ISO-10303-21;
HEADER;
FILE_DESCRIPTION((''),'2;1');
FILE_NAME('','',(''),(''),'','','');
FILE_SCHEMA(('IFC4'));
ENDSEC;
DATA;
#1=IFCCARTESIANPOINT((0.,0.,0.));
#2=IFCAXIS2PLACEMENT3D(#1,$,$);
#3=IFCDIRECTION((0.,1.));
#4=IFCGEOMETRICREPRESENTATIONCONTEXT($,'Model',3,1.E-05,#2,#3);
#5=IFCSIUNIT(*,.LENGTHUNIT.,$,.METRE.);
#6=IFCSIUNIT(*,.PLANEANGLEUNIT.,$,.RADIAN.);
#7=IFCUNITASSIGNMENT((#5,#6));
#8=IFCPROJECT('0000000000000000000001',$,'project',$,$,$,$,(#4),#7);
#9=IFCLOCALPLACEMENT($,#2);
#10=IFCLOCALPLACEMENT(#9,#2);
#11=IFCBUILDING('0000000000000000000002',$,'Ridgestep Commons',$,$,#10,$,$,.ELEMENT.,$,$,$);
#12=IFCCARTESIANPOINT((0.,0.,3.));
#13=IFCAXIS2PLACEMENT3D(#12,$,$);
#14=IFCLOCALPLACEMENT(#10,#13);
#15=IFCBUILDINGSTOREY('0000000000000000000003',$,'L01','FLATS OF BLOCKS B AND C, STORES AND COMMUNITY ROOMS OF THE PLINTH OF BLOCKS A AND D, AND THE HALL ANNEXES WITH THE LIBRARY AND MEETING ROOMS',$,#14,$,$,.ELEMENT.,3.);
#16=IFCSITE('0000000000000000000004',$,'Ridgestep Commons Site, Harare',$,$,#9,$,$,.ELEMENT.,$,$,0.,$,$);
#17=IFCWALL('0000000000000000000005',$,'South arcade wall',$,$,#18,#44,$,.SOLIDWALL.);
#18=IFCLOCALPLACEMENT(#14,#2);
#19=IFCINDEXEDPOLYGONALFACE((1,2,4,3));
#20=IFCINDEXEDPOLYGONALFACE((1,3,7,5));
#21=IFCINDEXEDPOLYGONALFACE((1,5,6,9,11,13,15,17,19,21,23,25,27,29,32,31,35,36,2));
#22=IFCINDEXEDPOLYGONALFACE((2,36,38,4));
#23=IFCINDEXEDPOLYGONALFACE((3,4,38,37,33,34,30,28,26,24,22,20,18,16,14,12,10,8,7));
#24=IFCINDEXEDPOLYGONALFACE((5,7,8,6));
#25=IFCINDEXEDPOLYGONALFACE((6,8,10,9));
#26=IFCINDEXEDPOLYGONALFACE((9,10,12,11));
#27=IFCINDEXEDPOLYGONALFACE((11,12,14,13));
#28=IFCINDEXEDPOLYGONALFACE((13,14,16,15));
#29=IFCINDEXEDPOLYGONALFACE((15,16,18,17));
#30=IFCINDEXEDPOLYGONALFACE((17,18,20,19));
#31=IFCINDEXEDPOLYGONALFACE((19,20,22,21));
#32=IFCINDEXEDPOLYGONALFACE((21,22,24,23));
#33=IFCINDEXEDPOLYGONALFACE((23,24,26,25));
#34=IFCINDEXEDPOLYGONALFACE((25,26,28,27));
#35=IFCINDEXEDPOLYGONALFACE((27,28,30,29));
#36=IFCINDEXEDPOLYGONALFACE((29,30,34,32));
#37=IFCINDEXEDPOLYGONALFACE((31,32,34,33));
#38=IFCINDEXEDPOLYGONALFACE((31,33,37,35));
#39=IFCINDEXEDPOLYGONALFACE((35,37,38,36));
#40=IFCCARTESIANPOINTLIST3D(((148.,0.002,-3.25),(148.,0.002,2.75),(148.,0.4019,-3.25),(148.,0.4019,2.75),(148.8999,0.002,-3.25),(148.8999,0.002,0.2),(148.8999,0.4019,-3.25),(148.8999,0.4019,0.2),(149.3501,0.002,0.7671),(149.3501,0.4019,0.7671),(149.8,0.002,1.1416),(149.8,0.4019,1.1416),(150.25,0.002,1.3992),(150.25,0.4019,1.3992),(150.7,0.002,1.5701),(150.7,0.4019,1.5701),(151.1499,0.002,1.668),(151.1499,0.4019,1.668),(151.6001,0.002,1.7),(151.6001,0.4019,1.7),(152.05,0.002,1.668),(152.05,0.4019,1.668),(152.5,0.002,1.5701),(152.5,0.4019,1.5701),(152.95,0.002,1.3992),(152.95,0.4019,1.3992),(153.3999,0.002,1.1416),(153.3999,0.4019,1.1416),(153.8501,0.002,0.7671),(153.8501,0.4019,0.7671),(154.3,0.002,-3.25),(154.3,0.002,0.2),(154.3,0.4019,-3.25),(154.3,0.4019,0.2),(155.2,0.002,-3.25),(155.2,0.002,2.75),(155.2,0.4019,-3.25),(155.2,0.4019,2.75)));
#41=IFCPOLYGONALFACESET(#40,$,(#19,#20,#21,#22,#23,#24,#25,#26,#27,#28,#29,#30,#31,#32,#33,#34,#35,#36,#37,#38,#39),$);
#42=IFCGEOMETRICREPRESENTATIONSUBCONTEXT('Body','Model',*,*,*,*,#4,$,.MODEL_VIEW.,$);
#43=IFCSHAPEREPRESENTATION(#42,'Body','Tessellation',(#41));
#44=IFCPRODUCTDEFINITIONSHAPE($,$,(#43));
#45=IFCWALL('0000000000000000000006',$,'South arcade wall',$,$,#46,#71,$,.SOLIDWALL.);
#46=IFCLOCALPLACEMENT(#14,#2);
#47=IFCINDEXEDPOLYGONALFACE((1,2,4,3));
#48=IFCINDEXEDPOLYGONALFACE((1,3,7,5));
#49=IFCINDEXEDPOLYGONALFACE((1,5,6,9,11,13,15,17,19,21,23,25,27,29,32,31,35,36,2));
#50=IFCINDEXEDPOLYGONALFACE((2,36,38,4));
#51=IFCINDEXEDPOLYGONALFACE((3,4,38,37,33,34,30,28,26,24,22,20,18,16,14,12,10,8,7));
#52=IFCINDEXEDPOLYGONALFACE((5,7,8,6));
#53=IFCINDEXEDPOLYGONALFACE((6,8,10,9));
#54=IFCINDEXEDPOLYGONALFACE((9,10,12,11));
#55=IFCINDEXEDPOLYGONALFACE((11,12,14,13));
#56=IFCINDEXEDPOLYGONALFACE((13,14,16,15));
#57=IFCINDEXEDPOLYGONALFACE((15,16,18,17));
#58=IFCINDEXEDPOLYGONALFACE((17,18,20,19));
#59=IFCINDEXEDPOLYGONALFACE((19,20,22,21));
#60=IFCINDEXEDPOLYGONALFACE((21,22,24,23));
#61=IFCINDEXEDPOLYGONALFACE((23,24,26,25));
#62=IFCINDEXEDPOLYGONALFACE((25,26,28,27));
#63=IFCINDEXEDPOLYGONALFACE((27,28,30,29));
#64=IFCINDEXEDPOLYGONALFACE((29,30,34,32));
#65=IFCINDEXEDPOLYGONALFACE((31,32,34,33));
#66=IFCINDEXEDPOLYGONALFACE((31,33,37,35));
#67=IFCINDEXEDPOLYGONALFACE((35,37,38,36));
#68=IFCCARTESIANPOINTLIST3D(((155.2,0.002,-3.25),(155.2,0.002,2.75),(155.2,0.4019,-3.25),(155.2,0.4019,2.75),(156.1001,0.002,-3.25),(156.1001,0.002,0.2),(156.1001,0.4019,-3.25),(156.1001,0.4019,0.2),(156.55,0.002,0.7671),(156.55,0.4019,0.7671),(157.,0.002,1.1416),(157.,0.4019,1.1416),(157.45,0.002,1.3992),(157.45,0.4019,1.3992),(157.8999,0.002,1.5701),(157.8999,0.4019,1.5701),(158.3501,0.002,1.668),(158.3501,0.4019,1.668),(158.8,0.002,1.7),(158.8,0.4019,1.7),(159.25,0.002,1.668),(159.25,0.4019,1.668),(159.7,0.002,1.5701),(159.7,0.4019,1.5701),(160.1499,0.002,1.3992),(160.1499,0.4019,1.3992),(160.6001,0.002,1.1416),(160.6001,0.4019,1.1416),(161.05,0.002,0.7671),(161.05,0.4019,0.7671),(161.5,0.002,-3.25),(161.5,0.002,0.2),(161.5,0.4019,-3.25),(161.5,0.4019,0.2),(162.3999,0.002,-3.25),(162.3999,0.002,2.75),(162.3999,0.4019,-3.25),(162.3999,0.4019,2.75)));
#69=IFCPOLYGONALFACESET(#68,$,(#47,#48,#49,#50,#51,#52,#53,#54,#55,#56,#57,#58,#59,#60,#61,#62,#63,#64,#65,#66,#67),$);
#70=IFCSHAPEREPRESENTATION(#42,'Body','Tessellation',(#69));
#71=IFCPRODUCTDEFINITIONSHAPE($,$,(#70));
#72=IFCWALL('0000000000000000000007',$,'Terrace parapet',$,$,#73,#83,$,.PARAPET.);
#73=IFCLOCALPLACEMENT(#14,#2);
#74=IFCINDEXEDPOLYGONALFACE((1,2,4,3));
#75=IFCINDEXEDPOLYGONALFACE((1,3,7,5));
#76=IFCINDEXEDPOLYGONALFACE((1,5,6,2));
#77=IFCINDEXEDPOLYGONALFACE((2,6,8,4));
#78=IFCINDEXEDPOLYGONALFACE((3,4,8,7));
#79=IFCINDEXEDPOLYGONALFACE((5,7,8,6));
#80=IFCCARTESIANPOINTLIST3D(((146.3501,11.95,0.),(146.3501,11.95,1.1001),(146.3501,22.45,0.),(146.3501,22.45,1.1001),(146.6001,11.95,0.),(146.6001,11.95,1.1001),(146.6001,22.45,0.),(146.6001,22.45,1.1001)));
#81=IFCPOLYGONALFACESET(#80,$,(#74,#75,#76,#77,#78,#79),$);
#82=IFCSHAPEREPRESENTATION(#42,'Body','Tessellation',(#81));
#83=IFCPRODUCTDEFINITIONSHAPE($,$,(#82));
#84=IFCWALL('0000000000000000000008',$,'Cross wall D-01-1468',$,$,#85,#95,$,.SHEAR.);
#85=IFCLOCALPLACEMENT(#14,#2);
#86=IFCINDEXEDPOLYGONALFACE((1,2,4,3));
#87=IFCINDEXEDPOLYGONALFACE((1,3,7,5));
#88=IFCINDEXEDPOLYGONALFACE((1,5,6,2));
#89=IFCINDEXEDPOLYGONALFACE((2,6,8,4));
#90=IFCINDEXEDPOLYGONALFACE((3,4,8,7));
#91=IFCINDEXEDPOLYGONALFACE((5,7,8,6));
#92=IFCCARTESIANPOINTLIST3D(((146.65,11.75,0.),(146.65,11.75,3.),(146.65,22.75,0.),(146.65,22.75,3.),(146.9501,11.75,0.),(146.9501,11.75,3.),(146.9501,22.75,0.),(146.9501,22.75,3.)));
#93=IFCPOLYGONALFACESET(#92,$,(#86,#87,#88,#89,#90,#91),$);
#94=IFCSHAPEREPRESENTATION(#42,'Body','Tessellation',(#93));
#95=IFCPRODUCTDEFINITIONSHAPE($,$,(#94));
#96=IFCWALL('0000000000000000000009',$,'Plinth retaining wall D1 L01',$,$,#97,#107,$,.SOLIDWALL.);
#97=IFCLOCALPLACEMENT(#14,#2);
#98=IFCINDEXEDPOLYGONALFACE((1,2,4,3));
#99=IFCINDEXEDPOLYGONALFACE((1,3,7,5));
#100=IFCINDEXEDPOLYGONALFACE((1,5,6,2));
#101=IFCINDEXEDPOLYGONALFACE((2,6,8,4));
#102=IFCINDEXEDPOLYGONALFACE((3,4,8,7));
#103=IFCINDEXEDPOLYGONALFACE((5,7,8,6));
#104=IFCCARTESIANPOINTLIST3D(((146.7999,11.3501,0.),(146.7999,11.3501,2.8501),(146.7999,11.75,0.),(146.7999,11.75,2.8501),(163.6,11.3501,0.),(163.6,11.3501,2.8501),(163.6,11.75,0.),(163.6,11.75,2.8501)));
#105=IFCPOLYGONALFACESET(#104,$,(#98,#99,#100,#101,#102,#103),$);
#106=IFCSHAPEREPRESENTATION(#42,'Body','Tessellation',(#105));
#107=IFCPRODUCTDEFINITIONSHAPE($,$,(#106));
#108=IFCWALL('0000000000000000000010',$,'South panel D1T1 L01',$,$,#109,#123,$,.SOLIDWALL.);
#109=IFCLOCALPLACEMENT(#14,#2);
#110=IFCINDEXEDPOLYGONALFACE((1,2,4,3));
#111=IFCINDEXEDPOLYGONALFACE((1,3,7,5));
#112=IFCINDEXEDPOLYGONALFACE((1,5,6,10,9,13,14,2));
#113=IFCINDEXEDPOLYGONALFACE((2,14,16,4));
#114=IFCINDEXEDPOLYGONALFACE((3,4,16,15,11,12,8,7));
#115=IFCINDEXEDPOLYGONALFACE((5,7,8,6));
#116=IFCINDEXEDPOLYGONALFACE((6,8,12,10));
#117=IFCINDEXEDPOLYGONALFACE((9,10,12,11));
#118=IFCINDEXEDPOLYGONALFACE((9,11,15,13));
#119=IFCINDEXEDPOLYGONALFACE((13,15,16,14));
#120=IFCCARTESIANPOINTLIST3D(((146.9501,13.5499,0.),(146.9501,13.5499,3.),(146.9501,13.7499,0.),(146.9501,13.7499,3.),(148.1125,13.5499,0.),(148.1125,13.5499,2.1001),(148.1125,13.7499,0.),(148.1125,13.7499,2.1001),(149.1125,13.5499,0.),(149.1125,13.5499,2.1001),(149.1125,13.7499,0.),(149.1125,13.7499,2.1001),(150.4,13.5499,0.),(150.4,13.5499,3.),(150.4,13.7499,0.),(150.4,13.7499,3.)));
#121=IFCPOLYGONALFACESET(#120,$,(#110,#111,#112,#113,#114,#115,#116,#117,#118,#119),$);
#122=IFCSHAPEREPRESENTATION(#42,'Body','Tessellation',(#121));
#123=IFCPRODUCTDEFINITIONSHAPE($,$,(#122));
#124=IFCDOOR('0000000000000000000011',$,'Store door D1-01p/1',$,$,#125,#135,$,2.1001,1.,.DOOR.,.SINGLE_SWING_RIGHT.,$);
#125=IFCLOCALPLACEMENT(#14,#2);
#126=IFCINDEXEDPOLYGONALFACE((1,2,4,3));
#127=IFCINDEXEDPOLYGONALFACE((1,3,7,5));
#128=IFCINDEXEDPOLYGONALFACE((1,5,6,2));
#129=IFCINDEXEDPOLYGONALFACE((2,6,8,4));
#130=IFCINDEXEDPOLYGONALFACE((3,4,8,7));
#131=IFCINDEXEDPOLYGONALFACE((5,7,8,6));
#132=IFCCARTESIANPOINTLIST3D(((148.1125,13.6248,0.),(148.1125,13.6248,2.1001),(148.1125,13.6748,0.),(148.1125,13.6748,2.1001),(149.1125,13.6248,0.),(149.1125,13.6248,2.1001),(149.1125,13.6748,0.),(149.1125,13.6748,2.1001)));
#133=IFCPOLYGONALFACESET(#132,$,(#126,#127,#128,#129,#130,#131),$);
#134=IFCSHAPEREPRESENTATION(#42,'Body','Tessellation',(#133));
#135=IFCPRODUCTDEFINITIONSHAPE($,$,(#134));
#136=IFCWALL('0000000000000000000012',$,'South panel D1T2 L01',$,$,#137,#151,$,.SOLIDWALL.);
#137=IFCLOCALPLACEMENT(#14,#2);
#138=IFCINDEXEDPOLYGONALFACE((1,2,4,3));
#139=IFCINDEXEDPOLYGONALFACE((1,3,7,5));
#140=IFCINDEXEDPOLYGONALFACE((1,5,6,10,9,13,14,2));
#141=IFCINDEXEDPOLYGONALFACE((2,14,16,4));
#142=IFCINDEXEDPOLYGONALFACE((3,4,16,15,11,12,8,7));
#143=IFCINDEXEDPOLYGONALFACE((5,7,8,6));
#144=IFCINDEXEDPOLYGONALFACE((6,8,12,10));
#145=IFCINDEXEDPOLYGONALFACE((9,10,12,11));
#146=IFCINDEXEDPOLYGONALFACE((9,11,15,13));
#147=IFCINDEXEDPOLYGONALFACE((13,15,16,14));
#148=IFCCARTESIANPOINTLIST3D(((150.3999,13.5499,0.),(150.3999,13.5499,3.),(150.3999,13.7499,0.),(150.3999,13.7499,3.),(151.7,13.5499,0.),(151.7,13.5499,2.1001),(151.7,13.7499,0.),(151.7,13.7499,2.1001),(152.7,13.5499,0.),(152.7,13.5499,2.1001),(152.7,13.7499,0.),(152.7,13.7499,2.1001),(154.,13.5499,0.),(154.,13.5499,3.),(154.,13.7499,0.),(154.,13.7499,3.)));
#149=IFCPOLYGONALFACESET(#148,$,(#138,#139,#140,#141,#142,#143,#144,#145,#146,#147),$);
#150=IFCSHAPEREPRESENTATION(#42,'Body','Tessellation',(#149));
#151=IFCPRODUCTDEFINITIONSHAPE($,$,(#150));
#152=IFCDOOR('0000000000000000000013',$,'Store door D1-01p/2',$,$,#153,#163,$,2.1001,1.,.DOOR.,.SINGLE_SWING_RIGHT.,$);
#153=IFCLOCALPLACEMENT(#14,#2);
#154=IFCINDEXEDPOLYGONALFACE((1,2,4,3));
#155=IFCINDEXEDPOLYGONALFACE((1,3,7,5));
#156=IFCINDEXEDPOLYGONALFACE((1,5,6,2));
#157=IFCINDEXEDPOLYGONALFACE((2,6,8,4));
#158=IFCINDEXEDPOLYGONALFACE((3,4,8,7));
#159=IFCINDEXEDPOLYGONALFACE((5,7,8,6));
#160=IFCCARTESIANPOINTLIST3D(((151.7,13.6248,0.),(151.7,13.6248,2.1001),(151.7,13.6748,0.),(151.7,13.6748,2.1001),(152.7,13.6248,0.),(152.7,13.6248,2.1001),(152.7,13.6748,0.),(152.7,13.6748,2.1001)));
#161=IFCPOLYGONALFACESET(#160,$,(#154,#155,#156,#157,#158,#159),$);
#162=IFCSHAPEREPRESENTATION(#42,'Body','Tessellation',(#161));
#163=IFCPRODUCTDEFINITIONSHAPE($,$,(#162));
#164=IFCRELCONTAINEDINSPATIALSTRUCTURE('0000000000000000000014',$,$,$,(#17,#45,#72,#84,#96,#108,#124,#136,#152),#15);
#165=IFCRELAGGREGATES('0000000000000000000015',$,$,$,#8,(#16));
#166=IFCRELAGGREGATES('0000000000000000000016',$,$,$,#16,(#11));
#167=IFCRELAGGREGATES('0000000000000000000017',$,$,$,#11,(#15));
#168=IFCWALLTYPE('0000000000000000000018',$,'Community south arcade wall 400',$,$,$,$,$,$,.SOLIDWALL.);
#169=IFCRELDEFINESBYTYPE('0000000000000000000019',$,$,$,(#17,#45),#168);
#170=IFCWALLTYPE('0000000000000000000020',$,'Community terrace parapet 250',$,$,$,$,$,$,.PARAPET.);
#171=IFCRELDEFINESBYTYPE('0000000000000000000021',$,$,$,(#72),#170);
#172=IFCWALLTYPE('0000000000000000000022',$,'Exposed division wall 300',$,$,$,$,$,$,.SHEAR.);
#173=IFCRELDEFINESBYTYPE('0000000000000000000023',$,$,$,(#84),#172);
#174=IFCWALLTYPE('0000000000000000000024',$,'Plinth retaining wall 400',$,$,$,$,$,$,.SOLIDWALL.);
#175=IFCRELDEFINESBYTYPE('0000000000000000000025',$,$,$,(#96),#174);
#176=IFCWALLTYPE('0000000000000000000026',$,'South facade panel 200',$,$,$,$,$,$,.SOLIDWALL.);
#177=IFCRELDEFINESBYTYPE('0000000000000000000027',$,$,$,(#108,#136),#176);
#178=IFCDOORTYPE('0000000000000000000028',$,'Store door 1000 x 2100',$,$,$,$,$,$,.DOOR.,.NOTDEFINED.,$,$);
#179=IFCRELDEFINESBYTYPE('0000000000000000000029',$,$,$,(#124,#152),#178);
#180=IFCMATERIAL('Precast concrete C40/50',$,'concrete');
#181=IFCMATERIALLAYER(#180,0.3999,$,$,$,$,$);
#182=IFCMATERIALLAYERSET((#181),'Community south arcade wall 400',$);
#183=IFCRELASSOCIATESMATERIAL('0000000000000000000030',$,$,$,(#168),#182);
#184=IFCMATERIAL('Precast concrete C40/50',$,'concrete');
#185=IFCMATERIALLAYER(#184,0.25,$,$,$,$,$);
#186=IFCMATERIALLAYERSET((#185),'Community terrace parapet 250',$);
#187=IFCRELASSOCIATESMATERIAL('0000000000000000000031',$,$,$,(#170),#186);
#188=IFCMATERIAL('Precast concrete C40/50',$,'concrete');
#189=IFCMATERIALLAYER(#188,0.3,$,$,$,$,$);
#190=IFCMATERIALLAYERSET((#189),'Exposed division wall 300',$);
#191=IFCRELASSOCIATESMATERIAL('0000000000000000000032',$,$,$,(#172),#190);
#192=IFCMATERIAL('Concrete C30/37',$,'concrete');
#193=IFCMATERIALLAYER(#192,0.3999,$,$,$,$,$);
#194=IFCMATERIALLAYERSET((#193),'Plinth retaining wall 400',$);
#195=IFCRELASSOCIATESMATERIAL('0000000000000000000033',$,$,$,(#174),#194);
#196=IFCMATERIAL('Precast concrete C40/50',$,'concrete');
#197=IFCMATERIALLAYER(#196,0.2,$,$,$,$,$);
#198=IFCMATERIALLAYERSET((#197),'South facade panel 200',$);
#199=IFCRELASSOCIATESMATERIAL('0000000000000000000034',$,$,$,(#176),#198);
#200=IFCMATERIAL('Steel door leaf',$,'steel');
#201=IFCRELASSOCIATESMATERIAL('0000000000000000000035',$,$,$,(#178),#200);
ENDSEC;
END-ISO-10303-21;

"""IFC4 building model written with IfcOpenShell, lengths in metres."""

from ifc_helpers import new_model, si_unit, direction, frame, frame_2d, origin, place, context, subcontext, project, spatial, polyline, rectangle, outline, extrude, material, layer, layer_set, type_object, element, fill, save


model = new_model("IFC4")

# Units and contexts
model_context = context("Model", 3, precision=1e-05, world=origin(), true_north=direction((0.0, 1.0)))
body_context = subcontext(model_context, "Body", "Model", "MODEL_VIEW")
ifc_project = project(units=[si_unit("LENGTHUNIT", "METRE"), si_unit("PLANEANGLEUNIT", "RADIAN")], contexts=[model_context])

# Site, building, storey
site_placement = place(None, origin())
site = spatial("IfcSite", under=ifc_project, at=site_placement, Name="Ridgestep Commons Site, Harare", CompositionType="ELEMENT", RefElevation=0.0)
building_placement = place(site_placement, origin())
building = spatial("IfcBuilding", under=site, at=building_placement, Name="Ridgestep Commons", CompositionType="ELEMENT")
storey_placement = place(building_placement, frame((0.0, 0.0, 3.0)))
storey = spatial("IfcBuildingStorey", under=building, at=storey_placement, Name="L01", Description="FLATS OF BLOCKS B AND C, STORES AND COMMUNITY ROOMS OF THE PLINTH OF BLOCKS A AND D, AND THE HALL ANNEXES WITH THE LIBRARY AND MEETING ROOMS", CompositionType="ELEMENT", Elevation=3.0)

# Walls
ifc_material_1 = material(Name="Precast concrete C40/50", Category="concrete")
ifc_layer_1 = layer(ifc_material_1, 0.3999)
ifc_layer_set_1 = layer_set([ifc_layer_1], Name="Community south arcade wall 400")
wall_type_1 = type_object("IfcWallType", Name="Community south arcade wall 400", PredefinedType="SOLIDWALL", material=ifc_layer_set_1)
wall_1_placement = place(storey_placement, frame((148.0, 0.002, -3.25), z_axis=(0.0, -1.0, 0.0), x_axis=(1.0, 0.0, 0.0)))
element("IfcWall", 1, at=wall_1_placement, inside=storey, type_object=wall_type_1, Name="South arcade wall", PredefinedType="SOLIDWALL", context=body_context, shape_type="SweptSolid", body=[
    extrude(outline(polyline([(0.0, 0.0), (0.8999, 0.0), (0.8999, 3.45), (1.3501, 4.0171), (1.8, 4.3916), (2.25, 4.6492), (2.7, 4.8201), (3.1499, 4.918), (3.6001, 4.95), (4.05, 4.918), (4.5, 4.8201), (4.95, 4.6492), (5.3999, 4.3916), (5.8501, 4.0171), (6.3, 3.45), (6.3, 0.0), (7.2, 0.0), (7.2, 6.0), (0.0, 6.0), (0.0, 0.0)])), origin(), (0.0, 0.0, -1.0), 0.3999),
])
wall_2_placement = place(storey_placement, frame((155.2, 0.002, -3.25), z_axis=(0.0, -1.0, 0.0), x_axis=(1.0, 0.0, 0.0)))
element("IfcWall", 2, at=wall_2_placement, inside=storey, type_object=wall_type_1, Name="South arcade wall", PredefinedType="SOLIDWALL", context=body_context, shape_type="SweptSolid", body=[
    extrude(outline(polyline([(0.0, 0.0), (0.9001, 0.0), (0.9001, 3.45), (1.3501, 4.0171), (1.8, 4.3916), (2.25, 4.6492), (2.7, 4.8201), (3.1501, 4.918), (3.6001, 4.95), (4.05, 4.918), (4.5, 4.8201), (4.95, 4.6492), (5.4001, 4.3916), (5.8501, 4.0171), (6.3, 3.45), (6.3, 0.0), (7.2, 0.0), (7.2, 6.0), (0.0, 6.0), (0.0, 0.0)])), origin(), (0.0, 0.0, -1.0), 0.3999),
])
ifc_material_2 = material(Name="Precast concrete C40/50", Category="concrete")
ifc_layer_2 = layer(ifc_material_2, 0.25)
ifc_layer_set_2 = layer_set([ifc_layer_2], Name="Community terrace parapet 250")
wall_type_2 = type_object("IfcWallType", Name="Community terrace parapet 250", PredefinedType="PARAPET", material=ifc_layer_set_2)
wall_3_placement = place(storey_placement, frame((146.4751, 11.95, 0.0), z_axis=(0.0, 0.0, 1.0), x_axis=(0.0, 1.0, 0.0)))
element("IfcWall", 3, at=wall_3_placement, inside=storey, type_object=wall_type_2, Name="Terrace parapet", PredefinedType="PARAPET", context=body_context, shape_type="SweptSolid", body=[
    extrude(rectangle(XDim=10.5, YDim=0.25, at=frame_2d((5.25, 0.0))), origin(), (0.0, 0.0, 1.0), 1.1001),
])
ifc_material_3 = material(Name="Precast concrete C40/50", Category="concrete")
ifc_layer_3 = layer(ifc_material_3, 0.3)
ifc_layer_set_3 = layer_set([ifc_layer_3], Name="Exposed division wall 300")
wall_type_3 = type_object("IfcWallType", Name="Exposed division wall 300", PredefinedType="SHEAR", material=ifc_layer_set_3)
wall_4_placement = place(storey_placement, frame((146.8, 11.75, 0.0), z_axis=(0.0, 0.0, 1.0), x_axis=(0.0, 1.0, 0.0)))
element("IfcWall", 4, at=wall_4_placement, inside=storey, type_object=wall_type_3, Name="Cross wall D-01-1468", PredefinedType="SHEAR", context=body_context, shape_type="SweptSolid", body=[
    extrude(rectangle(XDim=11.0, YDim=0.3, at=frame_2d((5.5, 0.0))), origin(), (0.0, 0.0, 1.0), 3.0),
])
ifc_material_4 = material(Name="Concrete C30/37", Category="concrete")
ifc_layer_4 = layer(ifc_material_4, 0.3999)
ifc_layer_set_4 = layer_set([ifc_layer_4], Name="Plinth retaining wall 400")
wall_type_4 = type_object("IfcWallType", Name="Plinth retaining wall 400", PredefinedType="SOLIDWALL", material=ifc_layer_set_4)
wall_5_placement = place(storey_placement, frame((146.8, 11.55, 0.0), z_axis=(0.0, 0.0, 1.0), x_axis=(1.0, 0.0, 0.0)))
element("IfcWall", 5, at=wall_5_placement, inside=storey, type_object=wall_type_4, Name="Plinth retaining wall D1 L01", PredefinedType="SOLIDWALL", context=body_context, shape_type="SweptSolid", body=[
    extrude(rectangle(XDim=16.8, YDim=0.3999, at=frame_2d((8.3999, 0.0))), origin(), (0.0, 0.0, 1.0), 2.8501),
])

# Walls, openings, doors
ifc_material_5 = material(Name="Precast concrete C40/50", Category="concrete")
ifc_layer_5 = layer(ifc_material_5, 0.2)
ifc_layer_set_5 = layer_set([ifc_layer_5], Name="South facade panel 200")
wall_type_5 = type_object("IfcWallType", Name="South facade panel 200", PredefinedType="SOLIDWALL", material=ifc_layer_set_5)
wall_6_placement = place(storey_placement, frame((146.95, 13.6499, 0.0), z_axis=(0.0, 0.0, 1.0), x_axis=(1.0, 0.0, 0.0)))
wall_6 = element("IfcWall", 6, at=wall_6_placement, inside=storey, type_object=wall_type_5, Name="South panel D1T1 L01", PredefinedType="SOLIDWALL", context=body_context, shape_type="SweptSolid", body=[
    extrude(rectangle(XDim=3.45, YDim=0.2, at=frame_2d((1.7251, 0.0))), origin(), (0.0, 0.0, 1.0), 3.0),
])
opening_1_placement = place(wall_6_placement, frame((1.1626, 0.0, 0.0)))
opening_1 = element("IfcOpeningElement", 7, at=opening_1_placement, cuts=wall_6, PredefinedType="OPENING", context=body_context, shape_type="SweptSolid", body=[
    extrude(rectangle(XDim=1.0, YDim=2.1001, at=frame_2d((0.5, 1.05))), frame((0.0, 0.1099, 0.0), z_axis=(0.0, -1.0, 0.0), x_axis=(1.0, 0.0, 0.0)), (0.0, 0.0, 1.0), 0.22),
])
ifc_material_6 = material(Name="Steel door leaf", Category="steel")
door_type = type_object("IfcDoorType", Name="Store door 1000 x 2100", OperationType="NOTDEFINED", PredefinedType="DOOR", material=ifc_material_6)
door_1_placement = place(opening_1_placement, origin())
door_1 = element("IfcDoor", 8, at=door_1_placement, inside=storey, type_object=door_type, Name="Store door D1-01p/1", OperationType="SINGLE_SWING_RIGHT", OverallHeight=2.1001, OverallWidth=1.0, PredefinedType="DOOR", context=body_context, shape_type="SweptSolid", body=[
    extrude(rectangle(XDim=1.0, YDim=2.1001, at=frame_2d((0.5, 1.05))), frame((0.0, 0.0249, 0.0), z_axis=(0.0, -1.0, 0.0), x_axis=(1.0, 0.0, 0.0)), (0.0, 0.0, 1.0), 0.05),
])
fill(opening_1, door_1)
wall_7_placement = place(storey_placement, frame((150.3999, 13.6499, 0.0), z_axis=(0.0, 0.0, 1.0), x_axis=(1.0, 0.0, 0.0)))
wall_7 = element("IfcWall", 9, at=wall_7_placement, inside=storey, type_object=wall_type_5, Name="South panel D1T2 L01", PredefinedType="SOLIDWALL", context=body_context, shape_type="SweptSolid", body=[
    extrude(rectangle(XDim=3.6001, YDim=0.2, at=frame_2d((1.8, 0.0))), origin(), (0.0, 0.0, 1.0), 3.0),
])
opening_2_placement = place(wall_7_placement, frame((1.3, 0.0, 0.0)))
opening_2 = element("IfcOpeningElement", 10, at=opening_2_placement, cuts=wall_7, PredefinedType="OPENING", context=body_context, shape_type="SweptSolid", body=[
    extrude(rectangle(XDim=1.0, YDim=2.1001, at=frame_2d((0.5, 1.05))), frame((0.0, 0.1099, 0.0), z_axis=(0.0, -1.0, 0.0), x_axis=(1.0, 0.0, 0.0)), (0.0, 0.0, 1.0), 0.22),
])
door_2_placement = place(opening_2_placement, origin())
door_2 = element("IfcDoor", 11, at=door_2_placement, inside=storey, type_object=door_type, Name="Store door D1-01p/2", OperationType="SINGLE_SWING_RIGHT", OverallHeight=2.1001, OverallWidth=1.0, PredefinedType="DOOR", context=body_context, shape_type="SweptSolid", body=[
    extrude(rectangle(XDim=1.0, YDim=2.1001, at=frame_2d((0.5, 1.05))), frame((0.0, 0.0249, 0.0), z_axis=(0.0, -1.0, 0.0), x_axis=(1.0, 0.0, 0.0)), (0.0, 0.0, 1.0), 0.05),
])
fill(opening_2, door_2)

save(model, "model.ifc")
